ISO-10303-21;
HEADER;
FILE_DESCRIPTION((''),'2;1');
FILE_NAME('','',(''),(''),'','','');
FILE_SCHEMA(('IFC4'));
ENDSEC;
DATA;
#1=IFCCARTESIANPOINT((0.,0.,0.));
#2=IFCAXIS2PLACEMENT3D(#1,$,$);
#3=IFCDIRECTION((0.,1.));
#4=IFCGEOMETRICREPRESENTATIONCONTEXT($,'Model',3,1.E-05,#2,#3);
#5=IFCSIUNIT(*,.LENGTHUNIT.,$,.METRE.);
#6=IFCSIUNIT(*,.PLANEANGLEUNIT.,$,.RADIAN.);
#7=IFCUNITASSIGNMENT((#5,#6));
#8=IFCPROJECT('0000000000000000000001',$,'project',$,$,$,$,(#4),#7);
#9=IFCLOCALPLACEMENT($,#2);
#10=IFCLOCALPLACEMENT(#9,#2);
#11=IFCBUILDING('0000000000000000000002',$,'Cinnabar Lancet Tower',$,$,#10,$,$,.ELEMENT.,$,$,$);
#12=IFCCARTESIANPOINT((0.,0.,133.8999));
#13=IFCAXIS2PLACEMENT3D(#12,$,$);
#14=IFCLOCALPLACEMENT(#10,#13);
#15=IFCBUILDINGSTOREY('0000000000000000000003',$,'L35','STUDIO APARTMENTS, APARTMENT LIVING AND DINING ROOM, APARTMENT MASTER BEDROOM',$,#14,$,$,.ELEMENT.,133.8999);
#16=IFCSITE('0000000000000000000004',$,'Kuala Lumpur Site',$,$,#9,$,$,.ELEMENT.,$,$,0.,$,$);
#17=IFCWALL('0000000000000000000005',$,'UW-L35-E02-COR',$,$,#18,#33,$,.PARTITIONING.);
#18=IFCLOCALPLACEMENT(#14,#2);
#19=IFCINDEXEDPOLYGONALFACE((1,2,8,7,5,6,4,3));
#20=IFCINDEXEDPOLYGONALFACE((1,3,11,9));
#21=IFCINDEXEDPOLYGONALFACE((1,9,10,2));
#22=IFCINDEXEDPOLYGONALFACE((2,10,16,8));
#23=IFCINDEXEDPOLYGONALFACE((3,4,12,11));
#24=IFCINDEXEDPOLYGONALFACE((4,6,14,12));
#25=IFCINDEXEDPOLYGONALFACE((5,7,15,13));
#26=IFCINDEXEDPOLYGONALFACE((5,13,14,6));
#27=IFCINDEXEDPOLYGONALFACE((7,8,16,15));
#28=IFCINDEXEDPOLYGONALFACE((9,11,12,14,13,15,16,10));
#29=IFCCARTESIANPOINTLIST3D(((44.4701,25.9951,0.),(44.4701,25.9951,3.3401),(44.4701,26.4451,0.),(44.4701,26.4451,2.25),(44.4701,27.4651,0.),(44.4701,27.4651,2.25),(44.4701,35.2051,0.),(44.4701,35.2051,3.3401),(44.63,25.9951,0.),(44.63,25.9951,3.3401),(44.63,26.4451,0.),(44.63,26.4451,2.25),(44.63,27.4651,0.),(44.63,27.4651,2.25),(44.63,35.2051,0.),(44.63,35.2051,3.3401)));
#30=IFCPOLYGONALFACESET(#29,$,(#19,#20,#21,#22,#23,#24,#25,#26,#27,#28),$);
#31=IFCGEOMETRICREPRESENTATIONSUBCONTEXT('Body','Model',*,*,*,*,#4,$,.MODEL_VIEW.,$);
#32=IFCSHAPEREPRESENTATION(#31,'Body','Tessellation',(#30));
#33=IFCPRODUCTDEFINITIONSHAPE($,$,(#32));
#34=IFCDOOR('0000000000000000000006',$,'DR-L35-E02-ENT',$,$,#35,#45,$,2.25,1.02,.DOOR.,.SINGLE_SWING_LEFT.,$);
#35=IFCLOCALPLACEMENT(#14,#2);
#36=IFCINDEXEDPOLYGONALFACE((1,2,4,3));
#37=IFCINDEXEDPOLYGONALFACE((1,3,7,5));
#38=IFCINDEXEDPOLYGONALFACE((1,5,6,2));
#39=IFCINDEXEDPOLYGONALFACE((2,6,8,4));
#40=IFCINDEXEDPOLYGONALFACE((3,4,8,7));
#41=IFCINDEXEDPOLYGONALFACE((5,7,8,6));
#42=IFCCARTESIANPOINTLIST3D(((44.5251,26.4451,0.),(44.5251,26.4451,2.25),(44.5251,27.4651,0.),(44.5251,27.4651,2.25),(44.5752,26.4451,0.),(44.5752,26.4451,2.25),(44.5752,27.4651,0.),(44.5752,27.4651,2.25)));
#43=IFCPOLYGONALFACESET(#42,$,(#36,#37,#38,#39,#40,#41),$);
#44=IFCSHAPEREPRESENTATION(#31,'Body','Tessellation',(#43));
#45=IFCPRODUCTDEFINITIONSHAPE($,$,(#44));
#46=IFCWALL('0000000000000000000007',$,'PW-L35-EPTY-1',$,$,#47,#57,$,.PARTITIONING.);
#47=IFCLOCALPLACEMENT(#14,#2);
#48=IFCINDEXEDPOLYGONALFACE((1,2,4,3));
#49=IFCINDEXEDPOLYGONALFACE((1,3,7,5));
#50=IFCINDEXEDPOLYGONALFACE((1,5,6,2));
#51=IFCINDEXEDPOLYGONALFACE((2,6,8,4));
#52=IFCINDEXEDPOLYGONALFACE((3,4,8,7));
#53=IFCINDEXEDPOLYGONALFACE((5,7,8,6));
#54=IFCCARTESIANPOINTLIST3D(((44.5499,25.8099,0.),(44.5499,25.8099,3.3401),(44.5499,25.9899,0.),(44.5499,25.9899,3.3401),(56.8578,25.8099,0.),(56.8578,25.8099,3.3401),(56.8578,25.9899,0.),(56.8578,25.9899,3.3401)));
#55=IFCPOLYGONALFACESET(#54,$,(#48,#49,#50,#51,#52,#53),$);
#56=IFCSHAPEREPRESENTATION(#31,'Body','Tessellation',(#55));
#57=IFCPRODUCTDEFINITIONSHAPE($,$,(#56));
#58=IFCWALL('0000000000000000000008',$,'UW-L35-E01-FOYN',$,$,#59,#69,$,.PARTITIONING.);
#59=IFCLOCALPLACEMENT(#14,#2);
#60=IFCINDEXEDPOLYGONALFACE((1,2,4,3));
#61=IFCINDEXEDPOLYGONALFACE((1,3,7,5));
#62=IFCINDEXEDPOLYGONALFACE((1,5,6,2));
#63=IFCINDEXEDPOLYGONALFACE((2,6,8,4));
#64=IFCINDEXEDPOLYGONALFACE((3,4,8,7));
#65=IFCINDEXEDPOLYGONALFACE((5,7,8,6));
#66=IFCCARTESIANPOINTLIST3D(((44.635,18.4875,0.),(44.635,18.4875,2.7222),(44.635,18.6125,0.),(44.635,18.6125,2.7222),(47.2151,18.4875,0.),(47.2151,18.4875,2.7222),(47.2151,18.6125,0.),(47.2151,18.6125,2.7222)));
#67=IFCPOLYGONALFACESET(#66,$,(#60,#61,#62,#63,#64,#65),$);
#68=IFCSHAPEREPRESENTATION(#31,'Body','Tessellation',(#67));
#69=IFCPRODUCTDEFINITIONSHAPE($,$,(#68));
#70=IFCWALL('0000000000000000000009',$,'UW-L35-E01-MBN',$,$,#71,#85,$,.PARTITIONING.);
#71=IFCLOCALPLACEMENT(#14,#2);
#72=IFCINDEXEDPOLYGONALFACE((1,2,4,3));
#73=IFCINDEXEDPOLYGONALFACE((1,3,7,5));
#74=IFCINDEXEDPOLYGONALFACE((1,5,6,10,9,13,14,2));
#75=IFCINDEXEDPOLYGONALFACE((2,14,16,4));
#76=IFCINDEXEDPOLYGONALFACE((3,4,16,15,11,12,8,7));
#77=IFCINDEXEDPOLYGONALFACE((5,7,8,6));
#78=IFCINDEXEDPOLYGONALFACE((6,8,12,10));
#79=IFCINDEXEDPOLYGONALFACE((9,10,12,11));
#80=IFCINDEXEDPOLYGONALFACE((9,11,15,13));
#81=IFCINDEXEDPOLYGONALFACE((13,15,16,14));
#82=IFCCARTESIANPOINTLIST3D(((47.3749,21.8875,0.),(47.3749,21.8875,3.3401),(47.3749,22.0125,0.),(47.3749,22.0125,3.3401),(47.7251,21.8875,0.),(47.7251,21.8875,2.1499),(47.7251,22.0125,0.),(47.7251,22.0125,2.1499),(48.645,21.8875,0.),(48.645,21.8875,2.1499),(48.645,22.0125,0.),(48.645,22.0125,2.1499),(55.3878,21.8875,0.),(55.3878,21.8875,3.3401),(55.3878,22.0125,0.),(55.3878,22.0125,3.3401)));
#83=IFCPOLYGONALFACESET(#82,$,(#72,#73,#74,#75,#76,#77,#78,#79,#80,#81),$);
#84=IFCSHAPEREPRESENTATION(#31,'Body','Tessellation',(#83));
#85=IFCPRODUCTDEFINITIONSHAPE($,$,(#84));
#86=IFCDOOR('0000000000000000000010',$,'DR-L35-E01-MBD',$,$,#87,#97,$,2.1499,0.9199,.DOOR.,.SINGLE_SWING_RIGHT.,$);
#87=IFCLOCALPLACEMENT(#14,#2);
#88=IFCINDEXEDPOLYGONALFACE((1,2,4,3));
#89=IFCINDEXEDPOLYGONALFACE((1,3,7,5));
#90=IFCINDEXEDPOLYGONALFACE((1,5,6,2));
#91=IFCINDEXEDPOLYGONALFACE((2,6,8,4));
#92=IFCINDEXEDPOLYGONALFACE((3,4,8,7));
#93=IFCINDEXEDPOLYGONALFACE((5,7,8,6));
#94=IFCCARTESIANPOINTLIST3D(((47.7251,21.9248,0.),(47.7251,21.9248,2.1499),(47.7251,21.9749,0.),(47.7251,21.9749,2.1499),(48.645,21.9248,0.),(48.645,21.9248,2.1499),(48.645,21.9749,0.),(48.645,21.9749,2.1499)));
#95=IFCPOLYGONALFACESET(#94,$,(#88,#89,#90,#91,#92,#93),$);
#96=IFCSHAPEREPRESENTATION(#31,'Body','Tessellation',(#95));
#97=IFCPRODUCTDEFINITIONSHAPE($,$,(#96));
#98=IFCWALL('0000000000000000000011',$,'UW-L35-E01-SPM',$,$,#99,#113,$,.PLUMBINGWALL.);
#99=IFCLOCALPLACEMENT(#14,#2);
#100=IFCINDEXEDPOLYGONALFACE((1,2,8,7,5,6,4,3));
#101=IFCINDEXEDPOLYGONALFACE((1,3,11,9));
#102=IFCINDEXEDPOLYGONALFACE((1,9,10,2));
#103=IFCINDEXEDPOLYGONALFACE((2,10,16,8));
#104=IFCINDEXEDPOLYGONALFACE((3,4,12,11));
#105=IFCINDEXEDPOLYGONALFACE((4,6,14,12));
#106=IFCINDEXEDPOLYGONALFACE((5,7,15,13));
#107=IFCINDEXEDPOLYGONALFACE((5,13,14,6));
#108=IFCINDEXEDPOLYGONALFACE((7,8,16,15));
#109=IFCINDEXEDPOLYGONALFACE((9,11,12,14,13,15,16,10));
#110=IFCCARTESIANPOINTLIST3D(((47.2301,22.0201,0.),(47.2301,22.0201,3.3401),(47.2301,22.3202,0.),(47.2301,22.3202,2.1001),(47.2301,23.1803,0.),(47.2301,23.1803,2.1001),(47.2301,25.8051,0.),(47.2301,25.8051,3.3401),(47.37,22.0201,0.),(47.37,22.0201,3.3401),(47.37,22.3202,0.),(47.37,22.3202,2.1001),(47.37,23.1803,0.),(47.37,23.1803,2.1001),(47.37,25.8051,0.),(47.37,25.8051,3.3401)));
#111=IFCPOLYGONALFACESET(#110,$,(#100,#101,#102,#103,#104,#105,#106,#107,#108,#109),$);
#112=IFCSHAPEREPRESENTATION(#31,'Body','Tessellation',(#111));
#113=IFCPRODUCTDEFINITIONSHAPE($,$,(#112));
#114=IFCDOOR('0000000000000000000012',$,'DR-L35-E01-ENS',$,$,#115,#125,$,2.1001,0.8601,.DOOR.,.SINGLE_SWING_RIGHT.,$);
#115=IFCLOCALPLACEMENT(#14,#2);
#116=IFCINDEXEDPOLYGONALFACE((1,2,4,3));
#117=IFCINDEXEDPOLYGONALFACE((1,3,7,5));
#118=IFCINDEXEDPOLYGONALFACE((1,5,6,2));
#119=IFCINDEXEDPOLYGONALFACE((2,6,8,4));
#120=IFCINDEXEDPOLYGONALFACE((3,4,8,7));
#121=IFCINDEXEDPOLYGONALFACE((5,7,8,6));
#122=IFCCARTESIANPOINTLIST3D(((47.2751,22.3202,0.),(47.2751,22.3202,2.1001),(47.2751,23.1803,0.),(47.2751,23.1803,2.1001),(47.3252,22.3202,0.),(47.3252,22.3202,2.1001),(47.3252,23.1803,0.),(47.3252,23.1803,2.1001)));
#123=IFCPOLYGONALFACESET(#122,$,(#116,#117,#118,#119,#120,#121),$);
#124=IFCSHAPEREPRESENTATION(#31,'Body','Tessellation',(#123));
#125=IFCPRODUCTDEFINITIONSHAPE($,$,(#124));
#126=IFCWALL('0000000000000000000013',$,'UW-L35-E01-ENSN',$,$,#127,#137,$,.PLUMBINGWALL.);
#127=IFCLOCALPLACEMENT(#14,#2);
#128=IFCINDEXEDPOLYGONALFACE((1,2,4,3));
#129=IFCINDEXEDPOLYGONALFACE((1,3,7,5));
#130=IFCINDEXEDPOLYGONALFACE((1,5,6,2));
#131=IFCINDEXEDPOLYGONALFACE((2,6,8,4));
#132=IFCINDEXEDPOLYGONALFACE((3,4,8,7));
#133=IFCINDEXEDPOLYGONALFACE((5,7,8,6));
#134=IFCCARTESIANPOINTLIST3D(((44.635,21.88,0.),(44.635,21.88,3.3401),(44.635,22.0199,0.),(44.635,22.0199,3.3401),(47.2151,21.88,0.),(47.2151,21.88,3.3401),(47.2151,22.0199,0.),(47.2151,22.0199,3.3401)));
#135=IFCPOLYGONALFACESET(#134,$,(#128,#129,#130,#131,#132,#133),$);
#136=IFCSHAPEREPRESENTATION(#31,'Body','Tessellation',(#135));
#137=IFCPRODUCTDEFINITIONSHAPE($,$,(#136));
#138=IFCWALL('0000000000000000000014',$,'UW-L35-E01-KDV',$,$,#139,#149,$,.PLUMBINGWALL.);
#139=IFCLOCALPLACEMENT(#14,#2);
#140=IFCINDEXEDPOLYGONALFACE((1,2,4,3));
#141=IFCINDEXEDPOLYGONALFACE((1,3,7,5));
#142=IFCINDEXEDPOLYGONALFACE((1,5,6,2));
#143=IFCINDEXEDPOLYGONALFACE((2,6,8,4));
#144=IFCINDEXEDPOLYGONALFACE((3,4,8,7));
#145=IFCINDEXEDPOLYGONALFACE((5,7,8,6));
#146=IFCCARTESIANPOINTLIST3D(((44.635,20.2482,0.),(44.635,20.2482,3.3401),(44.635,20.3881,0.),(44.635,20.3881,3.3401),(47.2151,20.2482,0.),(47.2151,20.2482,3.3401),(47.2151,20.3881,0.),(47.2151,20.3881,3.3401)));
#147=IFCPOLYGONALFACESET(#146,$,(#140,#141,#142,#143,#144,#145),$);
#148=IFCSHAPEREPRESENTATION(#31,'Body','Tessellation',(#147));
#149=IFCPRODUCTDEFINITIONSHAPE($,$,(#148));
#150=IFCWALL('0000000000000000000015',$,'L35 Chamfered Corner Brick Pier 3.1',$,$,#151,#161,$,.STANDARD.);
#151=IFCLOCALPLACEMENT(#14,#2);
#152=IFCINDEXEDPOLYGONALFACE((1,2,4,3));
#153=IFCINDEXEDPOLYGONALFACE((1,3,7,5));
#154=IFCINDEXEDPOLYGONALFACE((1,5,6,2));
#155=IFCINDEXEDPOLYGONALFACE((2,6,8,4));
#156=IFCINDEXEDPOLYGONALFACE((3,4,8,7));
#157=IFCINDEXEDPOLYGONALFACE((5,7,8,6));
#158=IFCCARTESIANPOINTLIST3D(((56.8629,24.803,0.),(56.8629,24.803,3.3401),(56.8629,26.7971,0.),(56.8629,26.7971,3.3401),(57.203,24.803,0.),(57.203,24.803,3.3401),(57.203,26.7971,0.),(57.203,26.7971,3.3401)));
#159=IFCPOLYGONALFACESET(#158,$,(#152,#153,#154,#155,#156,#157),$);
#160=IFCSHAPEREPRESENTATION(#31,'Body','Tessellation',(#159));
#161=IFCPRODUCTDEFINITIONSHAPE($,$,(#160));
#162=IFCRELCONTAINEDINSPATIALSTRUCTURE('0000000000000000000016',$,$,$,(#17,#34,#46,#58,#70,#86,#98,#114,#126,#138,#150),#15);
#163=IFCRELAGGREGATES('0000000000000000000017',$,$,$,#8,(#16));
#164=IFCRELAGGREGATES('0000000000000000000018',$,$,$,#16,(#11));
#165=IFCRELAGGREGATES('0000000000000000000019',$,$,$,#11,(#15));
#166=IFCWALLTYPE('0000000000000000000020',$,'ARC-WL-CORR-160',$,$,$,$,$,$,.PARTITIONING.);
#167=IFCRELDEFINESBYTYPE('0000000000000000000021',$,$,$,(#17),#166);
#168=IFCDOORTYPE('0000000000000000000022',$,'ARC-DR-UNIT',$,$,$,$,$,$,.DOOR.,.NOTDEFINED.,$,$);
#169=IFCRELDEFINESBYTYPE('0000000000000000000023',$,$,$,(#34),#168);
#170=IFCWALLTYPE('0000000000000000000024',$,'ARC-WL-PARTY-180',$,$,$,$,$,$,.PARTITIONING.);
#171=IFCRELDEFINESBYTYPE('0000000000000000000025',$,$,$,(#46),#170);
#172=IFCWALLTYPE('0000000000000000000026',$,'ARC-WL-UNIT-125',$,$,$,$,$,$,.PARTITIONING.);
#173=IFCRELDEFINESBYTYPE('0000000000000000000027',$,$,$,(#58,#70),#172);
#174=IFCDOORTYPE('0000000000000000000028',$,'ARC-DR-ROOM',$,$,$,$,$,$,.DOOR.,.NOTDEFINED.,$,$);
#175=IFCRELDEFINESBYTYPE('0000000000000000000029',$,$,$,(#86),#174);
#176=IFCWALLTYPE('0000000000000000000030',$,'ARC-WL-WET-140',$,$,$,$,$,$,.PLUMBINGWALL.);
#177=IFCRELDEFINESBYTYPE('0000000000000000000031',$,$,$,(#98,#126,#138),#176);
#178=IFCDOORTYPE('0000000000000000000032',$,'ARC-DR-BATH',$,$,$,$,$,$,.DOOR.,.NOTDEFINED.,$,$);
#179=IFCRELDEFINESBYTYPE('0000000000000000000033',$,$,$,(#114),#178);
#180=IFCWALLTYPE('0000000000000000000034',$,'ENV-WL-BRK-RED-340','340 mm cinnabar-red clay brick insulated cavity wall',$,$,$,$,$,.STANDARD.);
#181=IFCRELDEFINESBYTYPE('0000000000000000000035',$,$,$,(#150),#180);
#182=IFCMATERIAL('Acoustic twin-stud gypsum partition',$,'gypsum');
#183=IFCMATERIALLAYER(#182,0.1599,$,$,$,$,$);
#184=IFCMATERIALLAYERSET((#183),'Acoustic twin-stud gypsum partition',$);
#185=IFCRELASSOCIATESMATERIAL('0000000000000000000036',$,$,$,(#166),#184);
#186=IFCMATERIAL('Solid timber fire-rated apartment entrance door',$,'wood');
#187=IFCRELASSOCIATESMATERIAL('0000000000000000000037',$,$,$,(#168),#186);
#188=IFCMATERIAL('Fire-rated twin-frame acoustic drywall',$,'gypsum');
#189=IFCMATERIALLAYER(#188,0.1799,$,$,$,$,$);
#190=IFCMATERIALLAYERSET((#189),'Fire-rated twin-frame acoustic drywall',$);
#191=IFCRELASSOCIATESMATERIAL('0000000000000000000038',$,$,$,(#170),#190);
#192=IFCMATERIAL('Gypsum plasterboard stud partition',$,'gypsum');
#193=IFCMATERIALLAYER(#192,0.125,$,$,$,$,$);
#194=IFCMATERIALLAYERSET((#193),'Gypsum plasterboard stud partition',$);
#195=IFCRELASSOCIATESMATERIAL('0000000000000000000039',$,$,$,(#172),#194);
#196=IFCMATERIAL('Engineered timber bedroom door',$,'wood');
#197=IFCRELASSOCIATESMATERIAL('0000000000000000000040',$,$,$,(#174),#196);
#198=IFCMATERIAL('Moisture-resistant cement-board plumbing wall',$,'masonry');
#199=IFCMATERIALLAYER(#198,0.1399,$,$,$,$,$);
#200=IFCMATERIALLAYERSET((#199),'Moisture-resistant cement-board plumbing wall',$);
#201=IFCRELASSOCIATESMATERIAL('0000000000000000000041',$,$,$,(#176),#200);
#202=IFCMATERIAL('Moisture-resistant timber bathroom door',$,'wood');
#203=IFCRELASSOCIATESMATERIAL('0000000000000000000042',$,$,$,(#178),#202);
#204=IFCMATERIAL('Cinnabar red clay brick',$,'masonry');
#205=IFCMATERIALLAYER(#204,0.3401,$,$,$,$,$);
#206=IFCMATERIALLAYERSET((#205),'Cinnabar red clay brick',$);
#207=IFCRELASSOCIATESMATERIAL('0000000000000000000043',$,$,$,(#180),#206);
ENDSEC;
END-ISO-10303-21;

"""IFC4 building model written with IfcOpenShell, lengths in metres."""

from ifc_helpers import new_model, si_unit, direction, frame, frame_2d, origin, place, context, subcontext, project, spatial, rectangle, extrude, material, layer, layer_set, type_object, element, fill, save


model = new_model("IFC4")

# Units and contexts
model_context = context("Model", 3, precision=1e-05, world=origin(), true_north=direction((0.0, 1.0)))
body_context = subcontext(model_context, "Body", "Model", "MODEL_VIEW")
ifc_project = project(units=[si_unit("LENGTHUNIT", "METRE"), si_unit("PLANEANGLEUNIT", "RADIAN")], contexts=[model_context])

# Site, building, storey
site_placement = place(None, origin())
site = spatial("IfcSite", under=ifc_project, at=site_placement, Name="Kuala Lumpur Site", CompositionType="ELEMENT", RefElevation=0.0)
building_placement = place(site_placement, origin())
building = spatial("IfcBuilding", under=site, at=building_placement, Name="Cinnabar Lancet Tower", CompositionType="ELEMENT")
storey_placement = place(building_placement, frame((0.0, 0.0, 133.8999)))
storey = spatial("IfcBuildingStorey", under=building, at=storey_placement, Name="L35", Description="STUDIO APARTMENTS, APARTMENT LIVING AND DINING ROOM, APARTMENT MASTER BEDROOM", CompositionType="ELEMENT", Elevation=133.8999)

# Wall, opening, door
ifc_material_1 = material(Name="Acoustic twin-stud gypsum partition", Category="gypsum")
ifc_layer_1 = layer(ifc_material_1, 0.1599)
ifc_layer_set_1 = layer_set([ifc_layer_1], Name="Acoustic twin-stud gypsum partition")
wall_type_1 = type_object("IfcWallType", Name="ARC-WL-CORR-160", PredefinedType="PARTITIONING", material=ifc_layer_set_1)
wall_1_placement = place(storey_placement, frame((44.55, 25.9951, 0.0), z_axis=(0.0, 0.0, 1.0), x_axis=(0.0, 1.0, 0.0)))
wall_1 = element("IfcWall", 1, at=wall_1_placement, inside=storey, type_object=wall_type_1, Name="UW-L35-E02-COR", PredefinedType="PARTITIONING", context=body_context, shape_type="SweptSolid", body=[
    extrude(rectangle(XDim=9.21, YDim=0.1599, at=frame_2d((4.605, 0.0))), origin(), (0.0, 0.0, 1.0), 3.3401),
])
opening_1_placement = place(wall_1_placement, frame((0.45, 0.0, 0.0)))
opening_1 = element("IfcOpeningElement", 2, at=opening_1_placement, cuts=wall_1, PredefinedType="OPENING", context=body_context, shape_type="SweptSolid", body=[
    extrude(rectangle(XDim=1.02, YDim=2.25, at=frame_2d((0.51, 1.125))), frame((0.0, 0.0898, 0.0), z_axis=(0.0, -1.0, 0.0), x_axis=(1.0, 0.0, 0.0)), (0.0, 0.0, 1.0), 0.1799),
])
ifc_material_2 = material(Name="Solid timber fire-rated apartment entrance door", Category="wood")
door_type_1 = type_object("IfcDoorType", Name="ARC-DR-UNIT", OperationType="NOTDEFINED", PredefinedType="DOOR", material=ifc_material_2)
door_1_placement = place(opening_1_placement, origin())
door_1 = element("IfcDoor", 3, at=door_1_placement, inside=storey, type_object=door_type_1, Name="DR-L35-E02-ENT", OperationType="SINGLE_SWING_LEFT", OverallHeight=2.25, OverallWidth=1.02, PredefinedType="DOOR", context=body_context, shape_type="SweptSolid", body=[
    extrude(rectangle(XDim=1.02, YDim=2.25, at=frame_2d((0.51, 1.125))), frame((0.0, 0.0249, 0.0), z_axis=(0.0, -1.0, 0.0), x_axis=(1.0, 0.0, 0.0)), (0.0, 0.0, 1.0), 0.05),
])
fill(opening_1, door_1)

# Walls
ifc_material_3 = material(Name="Fire-rated twin-frame acoustic drywall", Category="gypsum")
ifc_layer_2 = layer(ifc_material_3, 0.1799)
ifc_layer_set_2 = layer_set([ifc_layer_2], Name="Fire-rated twin-frame acoustic drywall")
wall_type_2 = type_object("IfcWallType", Name="ARC-WL-PARTY-180", PredefinedType="PARTITIONING", material=ifc_layer_set_2)
wall_2_placement = place(storey_placement, frame((44.55, 25.8999, 0.0), z_axis=(0.0, 0.0, 1.0), x_axis=(1.0, 0.0, 0.0)))
element("IfcWall", 4, at=wall_2_placement, inside=storey, type_object=wall_type_2, Name="PW-L35-EPTY-1", PredefinedType="PARTITIONING", context=body_context, shape_type="SweptSolid", body=[
    extrude(rectangle(XDim=12.3079, YDim=0.1799, at=frame_2d((6.1538, 0.0))), origin(), (0.0, 0.0, 1.0), 3.3401),
])
ifc_material_4 = material(Name="Gypsum plasterboard stud partition", Category="gypsum")
ifc_layer_3 = layer(ifc_material_4, 0.125)
ifc_layer_set_3 = layer_set([ifc_layer_3], Name="Gypsum plasterboard stud partition")
wall_type_3 = type_object("IfcWallType", Name="ARC-WL-UNIT-125", PredefinedType="PARTITIONING", material=ifc_layer_set_3)
wall_3_placement = place(storey_placement, frame((44.635, 18.55, 0.0), z_axis=(0.0, 0.0, 1.0), x_axis=(1.0, 0.0, 0.0)))
element("IfcWall", 5, at=wall_3_placement, inside=storey, type_object=wall_type_3, Name="UW-L35-E01-FOYN", PredefinedType="PARTITIONING", context=body_context, shape_type="SweptSolid", body=[
    extrude(rectangle(XDim=2.5801, YDim=0.125, at=frame_2d((1.29, 0.0))), origin(), (0.0, 0.0, 1.0), 2.7222),
])

# Wall, opening, door
wall_4_placement = place(storey_placement, frame((47.375, 21.95, 0.0), z_axis=(0.0, 0.0, 1.0), x_axis=(1.0, 0.0, 0.0)))
wall_4 = element("IfcWall", 6, at=wall_4_placement, inside=storey, type_object=wall_type_3, Name="UW-L35-E01-MBN", PredefinedType="PARTITIONING", context=body_context, shape_type="SweptSolid", body=[
    extrude(rectangle(XDim=8.0129, YDim=0.125, at=frame_2d((4.0063, 0.0))), origin(), (0.0, 0.0, 1.0), 3.3401),
])
opening_2_placement = place(wall_4_placement, frame((0.3501, 0.0, 0.0)))
opening_2 = element("IfcOpeningElement", 7, at=opening_2_placement, cuts=wall_4, PredefinedType="OPENING", context=body_context, shape_type="SweptSolid", body=[
    extrude(rectangle(XDim=0.9199, YDim=2.1499, at=frame_2d((0.46, 1.075))), frame((0.0, 0.0725, 0.0), z_axis=(0.0, -1.0, 0.0), x_axis=(1.0, 0.0, 0.0)), (0.0, 0.0, 1.0), 0.145),
])
ifc_material_5 = material(Name="Engineered timber bedroom door", Category="wood")
door_type_2 = type_object("IfcDoorType", Name="ARC-DR-ROOM", OperationType="NOTDEFINED", PredefinedType="DOOR", material=ifc_material_5)
door_2_placement = place(opening_2_placement, origin())
door_2 = element("IfcDoor", 8, at=door_2_placement, inside=storey, type_object=door_type_2, Name="DR-L35-E01-MBD", OperationType="SINGLE_SWING_RIGHT", OverallHeight=2.1499, OverallWidth=0.9199, PredefinedType="DOOR", context=body_context, shape_type="SweptSolid", body=[
    extrude(rectangle(XDim=0.9199, YDim=2.1499, at=frame_2d((0.46, 1.075))), frame((0.0, 0.0249, 0.0), z_axis=(0.0, -1.0, 0.0), x_axis=(1.0, 0.0, 0.0)), (0.0, 0.0, 1.0), 0.05),
])
fill(opening_2, door_2)

# Shared definitions
ifc_material_6 = material(Name="Moisture-resistant cement-board plumbing wall", Category="masonry")
ifc_layer_4 = layer(ifc_material_6, 0.1399)
ifc_layer_set_4 = layer_set([ifc_layer_4], Name="Moisture-resistant cement-board plumbing wall")
wall_type_4 = type_object("IfcWallType", Name="ARC-WL-WET-140", PredefinedType="PLUMBINGWALL", material=ifc_layer_set_4)
ifc_material_7 = material(Name="Moisture-resistant timber bathroom door", Category="wood")
door_type_3 = type_object("IfcDoorType", Name="ARC-DR-BATH", OperationType="NOTDEFINED", PredefinedType="DOOR", material=ifc_material_7)

# Wall, opening, door
wall_5_placement = place(storey_placement, frame((47.3, 22.02, 0.0), z_axis=(0.0, 0.0, 1.0), x_axis=(0.0, 1.0, 0.0)))
wall_5 = element("IfcWall", 9, at=wall_5_placement, inside=storey, type_object=wall_type_4, Name="UW-L35-E01-SPM", PredefinedType="PLUMBINGWALL", context=body_context, shape_type="SweptSolid", body=[
    extrude(rectangle(XDim=3.7849, YDim=0.1399, at=frame_2d((1.8926, 0.0))), origin(), (0.0, 0.0, 1.0), 3.3401),
])
opening_3_placement = place(wall_5_placement, frame((0.3, 0.0, 0.0)))
opening_3 = element("IfcOpeningElement", 10, at=opening_3_placement, cuts=wall_5, PredefinedType="OPENING", context=body_context, shape_type="SweptSolid", body=[
    extrude(rectangle(XDim=0.8601, YDim=2.1001, at=frame_2d((0.4302, 1.05))), frame((0.0, 0.0798, 0.0), z_axis=(0.0, -1.0, 0.0), x_axis=(1.0, 0.0, 0.0)), (0.0, 0.0, 1.0), 0.1599),
])
door_3_placement = place(opening_3_placement, origin())
door_3 = element("IfcDoor", 11, at=door_3_placement, inside=storey, type_object=door_type_3, Name="DR-L35-E01-ENS", OperationType="SINGLE_SWING_RIGHT", OverallHeight=2.1001, OverallWidth=0.8601, PredefinedType="DOOR", context=body_context, shape_type="SweptSolid", body=[
    extrude(rectangle(XDim=0.8601, YDim=2.1001, at=frame_2d((0.4302, 1.05))), frame((0.0, 0.0249, 0.0), z_axis=(0.0, -1.0, 0.0), x_axis=(1.0, 0.0, 0.0)), (0.0, 0.0, 1.0), 0.05),
])
fill(opening_3, door_3)

# Walls
for number, where, z_axis, x_axis, name in (
    (12, (44.635, 21.95, 0.0), (0.0, 0.0, 1.0), (1.0, 0.0, 0.0), "UW-L35-E01-ENSN"),
    (13, (44.635, 20.3181, 0.0), (0.0, 0.0, 1.0), (1.0, 0.0, 0.0), "UW-L35-E01-KDV"),
):
    element("IfcWall", number, at=place(storey_placement, frame(where, z_axis=z_axis, x_axis=x_axis)), inside=storey, type_object=wall_type_4, Name=name, PredefinedType="PLUMBINGWALL", context=body_context, shape_type="SweptSolid", body=[
        extrude(rectangle(XDim=2.5801, YDim=0.1399, at=frame_2d((1.29, 0.0))), origin(), (0.0, 0.0, 1.0), 3.3401),
    ])
ifc_material_8 = material(Name="Cinnabar red clay brick", Category="masonry")
ifc_layer_5 = layer(ifc_material_8, 0.3401)
ifc_layer_set_5 = layer_set([ifc_layer_5], Name="Cinnabar red clay brick")
wall_type_5 = type_object("IfcWallType", Name="ENV-WL-BRK-RED-340", Description="340 mm cinnabar-red clay brick insulated cavity wall", PredefinedType="STANDARD", material=ifc_layer_set_5)
wall_6_placement = place(storey_placement, frame((57.033, 24.803, 0.0), z_axis=(0.0, 0.0, 1.0), x_axis=(0.0, 1.0, 0.0)))
element("IfcWall", 14, at=wall_6_placement, inside=storey, type_object=wall_type_5, Name="L35 Chamfered Corner Brick Pier 3.1", PredefinedType="STANDARD", context=body_context, shape_type="SweptSolid", body=[
    extrude(rectangle(XDim=1.9941, YDim=0.3401, at=frame_2d((0.9971, 0.0))), origin(), (0.0, 0.0, 1.0), 3.3401),
])

save(model, "model.ifc")
